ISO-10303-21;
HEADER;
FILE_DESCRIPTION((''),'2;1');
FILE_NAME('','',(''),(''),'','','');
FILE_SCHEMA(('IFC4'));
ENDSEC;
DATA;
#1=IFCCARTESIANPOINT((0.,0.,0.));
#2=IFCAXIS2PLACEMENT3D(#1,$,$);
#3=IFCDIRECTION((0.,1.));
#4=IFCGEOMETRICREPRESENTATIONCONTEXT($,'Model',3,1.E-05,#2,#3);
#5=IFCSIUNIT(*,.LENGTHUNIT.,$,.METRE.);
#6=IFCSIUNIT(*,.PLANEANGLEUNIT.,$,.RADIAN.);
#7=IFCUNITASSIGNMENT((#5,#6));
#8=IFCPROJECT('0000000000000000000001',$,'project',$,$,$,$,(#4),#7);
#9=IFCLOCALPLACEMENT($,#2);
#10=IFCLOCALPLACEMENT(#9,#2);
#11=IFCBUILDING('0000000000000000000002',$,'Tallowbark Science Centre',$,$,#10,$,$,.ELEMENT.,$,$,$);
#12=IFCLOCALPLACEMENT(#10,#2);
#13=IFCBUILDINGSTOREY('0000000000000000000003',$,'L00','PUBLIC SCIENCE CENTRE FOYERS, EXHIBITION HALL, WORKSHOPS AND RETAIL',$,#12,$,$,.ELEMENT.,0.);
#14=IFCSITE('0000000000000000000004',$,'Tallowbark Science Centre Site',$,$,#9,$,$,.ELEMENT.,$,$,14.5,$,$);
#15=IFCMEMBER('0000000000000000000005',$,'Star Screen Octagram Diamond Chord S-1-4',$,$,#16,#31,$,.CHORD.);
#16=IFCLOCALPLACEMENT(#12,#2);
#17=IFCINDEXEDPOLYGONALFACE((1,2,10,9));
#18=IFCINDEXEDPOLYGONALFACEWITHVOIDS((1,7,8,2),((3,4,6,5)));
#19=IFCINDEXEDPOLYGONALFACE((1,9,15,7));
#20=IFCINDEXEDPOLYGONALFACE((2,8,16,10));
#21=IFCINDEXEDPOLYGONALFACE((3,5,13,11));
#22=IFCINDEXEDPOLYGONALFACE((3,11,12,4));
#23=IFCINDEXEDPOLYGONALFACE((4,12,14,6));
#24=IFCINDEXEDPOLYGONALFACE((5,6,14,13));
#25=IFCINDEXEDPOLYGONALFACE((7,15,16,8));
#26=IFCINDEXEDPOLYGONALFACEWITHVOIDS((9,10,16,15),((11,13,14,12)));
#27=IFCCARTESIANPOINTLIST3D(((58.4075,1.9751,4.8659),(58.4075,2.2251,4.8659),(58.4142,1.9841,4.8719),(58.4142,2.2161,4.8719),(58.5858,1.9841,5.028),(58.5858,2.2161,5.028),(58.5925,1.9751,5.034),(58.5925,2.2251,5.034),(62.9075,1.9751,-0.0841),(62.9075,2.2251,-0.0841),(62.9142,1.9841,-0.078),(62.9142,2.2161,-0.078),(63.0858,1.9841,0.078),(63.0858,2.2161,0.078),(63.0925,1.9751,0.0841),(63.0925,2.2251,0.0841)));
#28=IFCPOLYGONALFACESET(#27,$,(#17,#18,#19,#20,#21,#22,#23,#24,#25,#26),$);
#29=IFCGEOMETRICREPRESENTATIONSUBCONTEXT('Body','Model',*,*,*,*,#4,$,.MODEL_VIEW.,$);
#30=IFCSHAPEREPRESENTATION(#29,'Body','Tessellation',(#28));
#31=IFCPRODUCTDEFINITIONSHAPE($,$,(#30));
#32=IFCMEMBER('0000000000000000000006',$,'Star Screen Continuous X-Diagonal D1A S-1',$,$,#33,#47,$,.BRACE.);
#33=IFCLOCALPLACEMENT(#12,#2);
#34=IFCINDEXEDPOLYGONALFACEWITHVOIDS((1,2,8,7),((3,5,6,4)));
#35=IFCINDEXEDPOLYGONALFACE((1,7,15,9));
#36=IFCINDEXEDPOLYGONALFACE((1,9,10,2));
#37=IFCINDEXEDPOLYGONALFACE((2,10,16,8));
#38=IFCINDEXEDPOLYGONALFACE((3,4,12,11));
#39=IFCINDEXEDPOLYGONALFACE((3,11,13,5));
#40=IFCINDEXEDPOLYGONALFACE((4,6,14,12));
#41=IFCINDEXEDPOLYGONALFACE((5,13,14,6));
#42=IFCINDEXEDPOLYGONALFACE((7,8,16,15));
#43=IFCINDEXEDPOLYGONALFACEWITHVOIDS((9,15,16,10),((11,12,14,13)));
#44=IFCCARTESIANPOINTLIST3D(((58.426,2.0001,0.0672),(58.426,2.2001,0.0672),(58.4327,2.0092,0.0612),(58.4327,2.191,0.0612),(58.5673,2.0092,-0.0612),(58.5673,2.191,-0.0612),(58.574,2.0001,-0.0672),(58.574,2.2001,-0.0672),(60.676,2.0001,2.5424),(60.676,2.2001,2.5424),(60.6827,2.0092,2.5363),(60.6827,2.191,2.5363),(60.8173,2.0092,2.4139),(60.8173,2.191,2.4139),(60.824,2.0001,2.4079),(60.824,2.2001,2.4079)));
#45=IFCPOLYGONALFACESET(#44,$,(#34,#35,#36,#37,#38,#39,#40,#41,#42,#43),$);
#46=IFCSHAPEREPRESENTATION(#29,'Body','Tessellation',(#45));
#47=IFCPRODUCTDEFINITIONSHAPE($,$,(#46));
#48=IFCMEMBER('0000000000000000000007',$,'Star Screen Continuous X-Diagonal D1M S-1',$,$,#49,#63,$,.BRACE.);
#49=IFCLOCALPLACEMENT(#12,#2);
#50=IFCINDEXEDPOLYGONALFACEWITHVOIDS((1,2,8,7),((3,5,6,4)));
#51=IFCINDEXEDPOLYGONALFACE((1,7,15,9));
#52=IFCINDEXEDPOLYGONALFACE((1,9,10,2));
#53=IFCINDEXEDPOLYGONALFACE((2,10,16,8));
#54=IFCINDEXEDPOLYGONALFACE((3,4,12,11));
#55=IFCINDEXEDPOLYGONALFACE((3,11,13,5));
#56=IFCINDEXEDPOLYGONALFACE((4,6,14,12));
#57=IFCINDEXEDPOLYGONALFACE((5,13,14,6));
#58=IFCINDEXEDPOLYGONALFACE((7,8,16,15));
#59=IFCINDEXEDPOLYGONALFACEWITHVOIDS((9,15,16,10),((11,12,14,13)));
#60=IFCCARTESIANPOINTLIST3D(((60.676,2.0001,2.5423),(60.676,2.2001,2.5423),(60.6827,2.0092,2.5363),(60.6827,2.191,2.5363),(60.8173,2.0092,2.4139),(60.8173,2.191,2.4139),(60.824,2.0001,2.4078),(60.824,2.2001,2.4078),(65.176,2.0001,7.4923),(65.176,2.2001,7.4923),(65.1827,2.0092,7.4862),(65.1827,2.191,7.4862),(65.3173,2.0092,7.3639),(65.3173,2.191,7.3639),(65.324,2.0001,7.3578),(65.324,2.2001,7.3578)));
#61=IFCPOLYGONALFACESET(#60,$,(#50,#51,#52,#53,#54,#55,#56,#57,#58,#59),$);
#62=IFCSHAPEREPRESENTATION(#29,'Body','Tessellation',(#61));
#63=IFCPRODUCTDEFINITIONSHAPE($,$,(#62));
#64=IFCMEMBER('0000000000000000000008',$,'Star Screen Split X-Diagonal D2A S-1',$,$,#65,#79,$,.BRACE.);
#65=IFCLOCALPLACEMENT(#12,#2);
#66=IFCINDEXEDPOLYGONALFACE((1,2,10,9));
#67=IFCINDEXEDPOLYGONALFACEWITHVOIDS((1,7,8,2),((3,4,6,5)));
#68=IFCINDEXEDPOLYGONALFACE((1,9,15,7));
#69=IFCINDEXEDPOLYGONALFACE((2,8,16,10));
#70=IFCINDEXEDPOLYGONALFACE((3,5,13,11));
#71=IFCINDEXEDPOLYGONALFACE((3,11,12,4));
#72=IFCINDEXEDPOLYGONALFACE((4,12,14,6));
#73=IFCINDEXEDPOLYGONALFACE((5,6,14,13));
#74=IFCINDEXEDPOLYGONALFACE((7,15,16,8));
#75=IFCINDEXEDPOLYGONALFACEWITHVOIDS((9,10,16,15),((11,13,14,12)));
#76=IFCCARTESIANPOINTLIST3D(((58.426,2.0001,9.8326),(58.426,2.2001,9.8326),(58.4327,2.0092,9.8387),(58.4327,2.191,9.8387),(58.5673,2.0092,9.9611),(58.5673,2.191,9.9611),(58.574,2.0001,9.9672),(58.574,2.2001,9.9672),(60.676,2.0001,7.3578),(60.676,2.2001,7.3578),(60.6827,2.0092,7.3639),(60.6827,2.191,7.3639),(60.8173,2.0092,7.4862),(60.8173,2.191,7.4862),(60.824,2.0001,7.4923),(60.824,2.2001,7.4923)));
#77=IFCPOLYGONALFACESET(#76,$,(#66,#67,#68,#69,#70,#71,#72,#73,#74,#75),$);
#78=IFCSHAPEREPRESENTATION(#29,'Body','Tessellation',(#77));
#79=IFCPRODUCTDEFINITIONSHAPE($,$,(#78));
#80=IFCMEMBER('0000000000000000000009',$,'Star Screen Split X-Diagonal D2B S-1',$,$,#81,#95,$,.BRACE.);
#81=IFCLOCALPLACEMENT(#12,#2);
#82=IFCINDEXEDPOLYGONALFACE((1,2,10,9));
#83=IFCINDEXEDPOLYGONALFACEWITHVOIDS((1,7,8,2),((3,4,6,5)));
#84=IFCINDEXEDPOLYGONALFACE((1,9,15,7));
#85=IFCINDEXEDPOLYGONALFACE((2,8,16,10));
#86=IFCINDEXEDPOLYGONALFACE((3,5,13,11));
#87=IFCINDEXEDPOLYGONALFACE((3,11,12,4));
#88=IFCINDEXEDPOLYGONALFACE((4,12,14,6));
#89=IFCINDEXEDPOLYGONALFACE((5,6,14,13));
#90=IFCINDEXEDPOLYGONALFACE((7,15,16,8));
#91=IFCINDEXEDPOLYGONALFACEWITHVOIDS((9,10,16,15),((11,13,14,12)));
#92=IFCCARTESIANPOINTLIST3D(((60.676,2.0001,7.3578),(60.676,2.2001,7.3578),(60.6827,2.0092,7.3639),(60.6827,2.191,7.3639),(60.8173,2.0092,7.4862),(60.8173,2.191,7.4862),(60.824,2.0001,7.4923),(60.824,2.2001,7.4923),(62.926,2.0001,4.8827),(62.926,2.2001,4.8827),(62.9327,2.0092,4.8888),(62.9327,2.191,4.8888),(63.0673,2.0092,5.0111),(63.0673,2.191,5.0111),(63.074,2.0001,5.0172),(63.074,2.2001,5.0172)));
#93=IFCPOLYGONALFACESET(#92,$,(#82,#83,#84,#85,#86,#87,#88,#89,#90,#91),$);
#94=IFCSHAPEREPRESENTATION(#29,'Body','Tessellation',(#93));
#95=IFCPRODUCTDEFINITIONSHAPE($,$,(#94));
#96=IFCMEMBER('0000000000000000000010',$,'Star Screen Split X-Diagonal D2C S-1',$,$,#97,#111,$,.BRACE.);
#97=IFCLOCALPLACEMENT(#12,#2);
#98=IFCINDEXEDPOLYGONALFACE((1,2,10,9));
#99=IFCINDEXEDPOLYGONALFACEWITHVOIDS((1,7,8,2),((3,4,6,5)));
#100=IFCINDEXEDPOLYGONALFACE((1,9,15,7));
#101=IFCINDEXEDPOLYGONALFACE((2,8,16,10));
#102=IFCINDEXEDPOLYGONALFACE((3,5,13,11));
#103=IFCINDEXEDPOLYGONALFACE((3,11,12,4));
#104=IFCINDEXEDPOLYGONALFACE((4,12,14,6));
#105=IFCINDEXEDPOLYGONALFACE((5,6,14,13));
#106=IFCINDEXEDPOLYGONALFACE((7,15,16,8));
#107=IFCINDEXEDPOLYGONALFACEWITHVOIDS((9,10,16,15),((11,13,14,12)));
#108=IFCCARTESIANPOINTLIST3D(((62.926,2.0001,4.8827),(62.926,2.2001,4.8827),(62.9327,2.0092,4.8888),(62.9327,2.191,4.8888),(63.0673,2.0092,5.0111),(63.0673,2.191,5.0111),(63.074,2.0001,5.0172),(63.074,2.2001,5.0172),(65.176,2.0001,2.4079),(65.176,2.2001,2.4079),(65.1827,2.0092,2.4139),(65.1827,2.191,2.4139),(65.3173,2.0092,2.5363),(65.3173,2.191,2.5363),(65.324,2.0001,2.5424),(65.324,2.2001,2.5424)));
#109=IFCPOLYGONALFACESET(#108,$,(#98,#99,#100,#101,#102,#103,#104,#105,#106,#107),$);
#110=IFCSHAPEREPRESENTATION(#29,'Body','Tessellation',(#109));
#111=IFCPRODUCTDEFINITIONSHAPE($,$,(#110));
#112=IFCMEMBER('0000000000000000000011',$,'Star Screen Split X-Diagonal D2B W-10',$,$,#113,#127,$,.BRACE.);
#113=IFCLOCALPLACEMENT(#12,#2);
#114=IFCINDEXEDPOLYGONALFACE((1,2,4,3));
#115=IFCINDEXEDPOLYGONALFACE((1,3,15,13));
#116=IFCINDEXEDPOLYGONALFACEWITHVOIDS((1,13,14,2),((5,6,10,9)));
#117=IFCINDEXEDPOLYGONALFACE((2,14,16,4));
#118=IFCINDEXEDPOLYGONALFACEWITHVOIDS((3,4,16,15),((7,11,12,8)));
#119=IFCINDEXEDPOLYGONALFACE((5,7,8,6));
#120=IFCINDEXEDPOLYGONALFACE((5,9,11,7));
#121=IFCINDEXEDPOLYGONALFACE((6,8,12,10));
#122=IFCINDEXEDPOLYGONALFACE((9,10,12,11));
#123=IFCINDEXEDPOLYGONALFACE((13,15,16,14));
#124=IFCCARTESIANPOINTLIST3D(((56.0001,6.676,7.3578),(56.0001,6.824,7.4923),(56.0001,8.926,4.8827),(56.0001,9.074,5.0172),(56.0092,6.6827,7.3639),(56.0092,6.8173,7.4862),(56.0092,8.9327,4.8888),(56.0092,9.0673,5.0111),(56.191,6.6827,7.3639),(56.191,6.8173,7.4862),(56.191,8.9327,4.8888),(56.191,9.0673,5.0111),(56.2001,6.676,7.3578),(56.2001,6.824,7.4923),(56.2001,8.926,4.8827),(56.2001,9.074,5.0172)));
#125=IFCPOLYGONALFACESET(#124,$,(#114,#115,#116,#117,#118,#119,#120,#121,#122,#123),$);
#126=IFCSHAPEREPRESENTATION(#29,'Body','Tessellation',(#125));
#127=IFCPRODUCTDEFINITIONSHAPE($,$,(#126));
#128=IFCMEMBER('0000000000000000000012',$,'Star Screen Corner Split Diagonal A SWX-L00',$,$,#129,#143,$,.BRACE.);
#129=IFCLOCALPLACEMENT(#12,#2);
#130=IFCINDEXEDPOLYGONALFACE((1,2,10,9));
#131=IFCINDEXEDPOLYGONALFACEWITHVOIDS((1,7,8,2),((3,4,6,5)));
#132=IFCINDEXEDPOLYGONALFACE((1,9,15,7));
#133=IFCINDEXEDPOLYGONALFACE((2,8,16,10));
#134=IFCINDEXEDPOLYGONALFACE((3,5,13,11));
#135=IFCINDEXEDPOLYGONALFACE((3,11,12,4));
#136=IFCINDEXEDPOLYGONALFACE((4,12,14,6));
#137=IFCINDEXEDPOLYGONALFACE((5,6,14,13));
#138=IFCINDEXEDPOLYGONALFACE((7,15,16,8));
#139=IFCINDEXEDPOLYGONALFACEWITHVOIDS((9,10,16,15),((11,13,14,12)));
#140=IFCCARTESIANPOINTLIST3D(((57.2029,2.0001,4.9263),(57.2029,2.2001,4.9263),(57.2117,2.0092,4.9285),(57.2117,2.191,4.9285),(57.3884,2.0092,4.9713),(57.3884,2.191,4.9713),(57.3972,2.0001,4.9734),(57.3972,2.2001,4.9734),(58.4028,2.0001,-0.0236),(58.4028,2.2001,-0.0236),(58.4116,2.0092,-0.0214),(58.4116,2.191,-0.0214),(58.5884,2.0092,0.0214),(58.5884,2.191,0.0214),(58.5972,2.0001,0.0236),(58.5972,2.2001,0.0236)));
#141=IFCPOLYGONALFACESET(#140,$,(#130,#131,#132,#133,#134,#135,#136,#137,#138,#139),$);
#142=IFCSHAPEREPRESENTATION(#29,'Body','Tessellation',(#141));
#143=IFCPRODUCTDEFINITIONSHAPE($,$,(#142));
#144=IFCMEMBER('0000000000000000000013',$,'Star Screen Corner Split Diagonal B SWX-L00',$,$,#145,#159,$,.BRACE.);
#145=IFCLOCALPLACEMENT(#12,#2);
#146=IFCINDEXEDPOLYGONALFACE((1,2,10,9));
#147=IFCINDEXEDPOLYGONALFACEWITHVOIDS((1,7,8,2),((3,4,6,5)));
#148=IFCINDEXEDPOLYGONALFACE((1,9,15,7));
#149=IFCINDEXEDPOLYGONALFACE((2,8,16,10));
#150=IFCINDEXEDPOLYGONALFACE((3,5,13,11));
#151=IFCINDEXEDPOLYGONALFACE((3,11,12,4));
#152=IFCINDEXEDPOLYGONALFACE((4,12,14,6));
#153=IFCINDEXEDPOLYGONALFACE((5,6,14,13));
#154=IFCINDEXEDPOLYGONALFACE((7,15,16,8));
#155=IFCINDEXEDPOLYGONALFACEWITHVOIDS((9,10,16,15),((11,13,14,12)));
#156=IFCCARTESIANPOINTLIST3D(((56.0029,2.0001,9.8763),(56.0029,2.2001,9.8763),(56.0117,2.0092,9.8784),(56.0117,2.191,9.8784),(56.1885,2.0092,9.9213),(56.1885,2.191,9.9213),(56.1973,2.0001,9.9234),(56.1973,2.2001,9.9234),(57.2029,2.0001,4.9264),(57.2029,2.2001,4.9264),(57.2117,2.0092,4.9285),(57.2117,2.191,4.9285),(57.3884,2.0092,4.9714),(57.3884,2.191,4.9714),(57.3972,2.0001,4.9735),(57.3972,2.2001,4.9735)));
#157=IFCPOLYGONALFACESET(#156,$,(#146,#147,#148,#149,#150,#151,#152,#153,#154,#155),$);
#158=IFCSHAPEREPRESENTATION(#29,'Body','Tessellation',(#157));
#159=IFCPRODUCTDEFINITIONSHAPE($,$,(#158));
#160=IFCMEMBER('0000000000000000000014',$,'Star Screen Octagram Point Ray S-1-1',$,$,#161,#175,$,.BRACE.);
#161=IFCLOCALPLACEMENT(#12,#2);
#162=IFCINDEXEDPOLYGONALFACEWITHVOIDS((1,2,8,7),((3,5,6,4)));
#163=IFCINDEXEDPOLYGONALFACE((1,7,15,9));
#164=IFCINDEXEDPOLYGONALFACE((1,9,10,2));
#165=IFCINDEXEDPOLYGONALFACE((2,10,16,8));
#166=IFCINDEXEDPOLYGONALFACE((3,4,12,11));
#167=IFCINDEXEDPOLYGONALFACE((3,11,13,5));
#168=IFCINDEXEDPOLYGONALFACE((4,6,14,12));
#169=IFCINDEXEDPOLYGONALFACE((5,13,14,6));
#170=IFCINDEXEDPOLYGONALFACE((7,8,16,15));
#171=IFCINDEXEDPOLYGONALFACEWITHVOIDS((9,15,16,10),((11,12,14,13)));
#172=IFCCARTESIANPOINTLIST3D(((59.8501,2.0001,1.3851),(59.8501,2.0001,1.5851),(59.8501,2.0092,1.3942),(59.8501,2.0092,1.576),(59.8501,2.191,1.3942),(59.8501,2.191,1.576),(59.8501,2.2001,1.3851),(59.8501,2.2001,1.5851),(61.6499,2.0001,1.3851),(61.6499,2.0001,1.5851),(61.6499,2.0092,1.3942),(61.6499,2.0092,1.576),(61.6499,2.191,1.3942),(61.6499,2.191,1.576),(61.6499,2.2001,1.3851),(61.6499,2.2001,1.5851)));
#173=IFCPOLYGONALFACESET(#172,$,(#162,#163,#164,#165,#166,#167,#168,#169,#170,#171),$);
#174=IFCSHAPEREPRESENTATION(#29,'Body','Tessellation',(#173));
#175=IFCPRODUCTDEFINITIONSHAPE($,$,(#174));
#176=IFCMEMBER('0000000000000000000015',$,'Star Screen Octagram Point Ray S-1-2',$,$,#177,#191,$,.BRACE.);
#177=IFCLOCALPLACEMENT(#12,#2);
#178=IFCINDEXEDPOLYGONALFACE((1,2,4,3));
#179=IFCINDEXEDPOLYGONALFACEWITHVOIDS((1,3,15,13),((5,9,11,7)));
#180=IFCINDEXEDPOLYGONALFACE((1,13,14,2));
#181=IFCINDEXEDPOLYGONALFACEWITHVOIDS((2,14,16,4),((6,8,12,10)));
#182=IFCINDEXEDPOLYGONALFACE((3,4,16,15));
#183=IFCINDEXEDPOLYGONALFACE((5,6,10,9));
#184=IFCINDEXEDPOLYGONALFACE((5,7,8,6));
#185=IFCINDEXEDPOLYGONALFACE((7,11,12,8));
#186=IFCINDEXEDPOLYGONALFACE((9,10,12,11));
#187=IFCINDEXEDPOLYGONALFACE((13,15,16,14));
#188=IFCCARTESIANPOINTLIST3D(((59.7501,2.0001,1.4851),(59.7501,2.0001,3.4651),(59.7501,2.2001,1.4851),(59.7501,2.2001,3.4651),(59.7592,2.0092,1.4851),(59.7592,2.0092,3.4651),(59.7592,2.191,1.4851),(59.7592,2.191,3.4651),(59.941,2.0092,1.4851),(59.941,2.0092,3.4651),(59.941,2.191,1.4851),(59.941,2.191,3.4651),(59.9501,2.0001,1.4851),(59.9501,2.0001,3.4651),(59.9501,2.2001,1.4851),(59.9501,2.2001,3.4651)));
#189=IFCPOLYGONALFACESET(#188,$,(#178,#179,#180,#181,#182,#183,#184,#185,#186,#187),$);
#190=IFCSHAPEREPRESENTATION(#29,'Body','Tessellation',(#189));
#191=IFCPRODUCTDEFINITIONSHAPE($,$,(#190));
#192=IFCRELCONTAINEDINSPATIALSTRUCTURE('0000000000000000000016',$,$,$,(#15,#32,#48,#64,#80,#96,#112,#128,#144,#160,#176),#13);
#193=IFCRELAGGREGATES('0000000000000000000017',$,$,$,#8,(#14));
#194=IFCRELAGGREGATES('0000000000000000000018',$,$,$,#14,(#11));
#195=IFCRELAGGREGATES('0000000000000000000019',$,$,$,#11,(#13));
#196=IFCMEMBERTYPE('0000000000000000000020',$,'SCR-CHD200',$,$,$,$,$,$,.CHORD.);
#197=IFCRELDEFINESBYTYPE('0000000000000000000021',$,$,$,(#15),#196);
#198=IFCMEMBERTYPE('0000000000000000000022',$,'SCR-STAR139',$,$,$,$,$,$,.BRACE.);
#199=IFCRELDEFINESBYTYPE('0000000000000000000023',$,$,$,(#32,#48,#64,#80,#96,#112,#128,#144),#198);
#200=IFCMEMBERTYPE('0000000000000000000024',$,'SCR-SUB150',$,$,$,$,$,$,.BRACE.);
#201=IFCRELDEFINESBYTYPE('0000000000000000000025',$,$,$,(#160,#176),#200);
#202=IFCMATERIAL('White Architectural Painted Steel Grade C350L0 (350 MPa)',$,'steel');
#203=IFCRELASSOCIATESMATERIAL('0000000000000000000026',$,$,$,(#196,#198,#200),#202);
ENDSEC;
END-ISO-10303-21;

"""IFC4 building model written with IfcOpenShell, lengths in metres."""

from ifc_helpers import new_model, si_unit, direction, frame, origin, origin_2d, place, context, subcontext, project, spatial, hollow_rectangle, extrude, material, material_profile, profile_set, type_object, element, save


model = new_model("IFC4")

# Units and contexts
model_context = context("Model", 3, precision=1e-05, world=origin(), true_north=direction((0.0, 1.0)))
body_context = subcontext(model_context, "Body", "Model", "MODEL_VIEW")
ifc_project = project(units=[si_unit("LENGTHUNIT", "METRE"), si_unit("PLANEANGLEUNIT", "RADIAN")], contexts=[model_context])

# Site, building, storey
site_placement = place(None, origin())
site = spatial("IfcSite", under=ifc_project, at=site_placement, Name="Tallowbark Science Centre Site", CompositionType="ELEMENT", RefElevation=14.5)
building_placement = place(site_placement, origin())
building = spatial("IfcBuilding", under=site, at=building_placement, Name="Tallowbark Science Centre", CompositionType="ELEMENT")
storey_placement = place(building_placement, origin())
storey = spatial("IfcBuildingStorey", under=building, at=storey_placement, Name="L00", Description="PUBLIC SCIENCE CENTRE FOYERS, EXHIBITION HALL, WORKSHOPS AND RETAIL", CompositionType="ELEMENT", Elevation=0.0)

# Shared definitions
ifc_material_1 = material(Name="White Architectural Painted Steel Grade C350L0 (350 MPa)", Category="steel")

# Members
ifc_material_profile_1 = material_profile(ifc_material_1, hollow_rectangle(XDim=0.25, YDim=0.25, WallThickness=0.009, at=origin_2d()), Name="250x250x9.0SHS")
ifc_profile_set_1 = profile_set([ifc_material_profile_1], Name="White Architectural Painted Steel Grade C350L0 (350 MPa)")
member_type_1 = type_object("IfcMemberType", Name="SCR-CHD200", PredefinedType="CHORD", material=ifc_profile_set_1)
for number, where, z_axis, x_axis, name in (
    (1, (58.5, 2.1001, 4.95), (0.672676, 0.0, -0.739937), (0.0, 1.0, 0.0), "Star Screen Octagram Diamond Chord S-1-4"),
):
    element("IfcMember", number, at=place(storey_placement, frame(where, z_axis=z_axis, x_axis=x_axis)), inside=storey, type_object=member_type_1, Name=name, PredefinedType="CHORD", context=body_context, shape_type="SweptSolid", body=[
        extrude(hollow_rectangle(XDim=0.25, YDim=0.25, WallThickness=0.009, at=origin_2d()), origin(), (0.0, 0.0, 1.0), 6.6897),
    ])
ifc_material_profile_2 = material_profile(ifc_material_1, hollow_rectangle(XDim=0.2, YDim=0.2, WallThickness=0.009, at=origin_2d()), Name="200x200x9.0SHS")
ifc_profile_set_2 = profile_set([ifc_material_profile_2], Name="White Architectural Painted Steel Grade C350L0 (350 MPa)")
member_type_2 = type_object("IfcMemberType", Name="SCR-STAR139", PredefinedType="BRACE", material=ifc_profile_set_2)
member_1_placement = place(storey_placement, frame((58.5, 2.1001, 0.0), z_axis=(0.672658, 0.0, 0.739953), x_axis=(0.0, 1.0, 0.0)))
element("IfcMember", 2, at=member_1_placement, inside=storey, type_object=member_type_2, Name="Star Screen Continuous X-Diagonal D1A S-1", PredefinedType="BRACE", context=body_context, shape_type="SweptSolid", body=[
    extrude(hollow_rectangle(XDim=0.2, YDim=0.2, WallThickness=0.009, at=origin_2d()), origin(), (0.0, 0.0, 1.0), 3.345),
])
member_2_placement = place(storey_placement, frame((60.75, 2.1001, 2.4751), z_axis=(0.672676, 0.0, 0.739937), x_axis=(0.0, 1.0, 0.0)))
element("IfcMember", 3, at=member_2_placement, inside=storey, type_object=member_type_2, Name="Star Screen Continuous X-Diagonal D1M S-1", PredefinedType="BRACE", context=body_context, shape_type="SweptSolid", body=[
    extrude(hollow_rectangle(XDim=0.2, YDim=0.2, WallThickness=0.009, at=origin_2d()), origin(), (0.0, 0.0, 1.0), 6.6897),
])
member_3_placement = place(storey_placement, frame((58.5, 2.1001, 9.8999), z_axis=(0.672695, 0.0, -0.73992), x_axis=(0.0, 1.0, 0.0)))
element("IfcMember", 4, at=member_3_placement, inside=storey, type_object=member_type_2, Name="Star Screen Split X-Diagonal D2A S-1", PredefinedType="BRACE", context=body_context, shape_type="SweptSolid", body=[
    extrude(hollow_rectangle(XDim=0.2, YDim=0.2, WallThickness=0.009, at=origin_2d()), origin(), (0.0, 0.0, 1.0), 3.3447),
])
member_4_placement = place(storey_placement, frame((60.75, 2.1001, 7.425), z_axis=(0.672658, 0.0, -0.739953), x_axis=(0.0, 1.0, 0.0)))
element("IfcMember", 5, at=member_4_placement, inside=storey, type_object=member_type_2, Name="Star Screen Split X-Diagonal D2B S-1", PredefinedType="BRACE", context=body_context, shape_type="SweptSolid", body=[
    extrude(hollow_rectangle(XDim=0.2, YDim=0.2, WallThickness=0.009, at=origin_2d()), origin(), (0.0, 0.0, 1.0), 3.345),
])
member_5_placement = place(storey_placement, frame((63.0, 2.1001, 4.95), z_axis=(0.672695, 0.0, -0.73992), x_axis=(0.0, 1.0, 0.0)))
element("IfcMember", 6, at=member_5_placement, inside=storey, type_object=member_type_2, Name="Star Screen Split X-Diagonal D2C S-1", PredefinedType="BRACE", context=body_context, shape_type="SweptSolid", body=[
    extrude(hollow_rectangle(XDim=0.2, YDim=0.2, WallThickness=0.009, at=origin_2d()), origin(), (0.0, 0.0, 1.0), 3.3447),
])
member_6_placement = place(storey_placement, frame((56.1001, 6.75, 7.425), z_axis=(0.0, 0.672658, -0.739953), x_axis=(-1.0, 0.0, 0.0)))
element("IfcMember", 7, at=member_6_placement, inside=storey, type_object=member_type_2, Name="Star Screen Split X-Diagonal D2B W-10", PredefinedType="BRACE", context=body_context, shape_type="SweptSolid", body=[
    extrude(hollow_rectangle(XDim=0.2, YDim=0.2, WallThickness=0.009, at=origin_2d()), origin(), (0.0, 0.0, 1.0), 3.345),
])
for number, where, z_axis, x_axis, name in (
    (8, (58.5, 2.1001, 0.0), (-0.235593, 0.0, 0.971852), (0.0, -1.0, 0.0), "Star Screen Corner Split Diagonal A SWX-L00"),
    (9, (57.3, 2.1001, 4.95), (-0.235593, 0.0, 0.971852), (0.0, -1.0, 0.0), "Star Screen Corner Split Diagonal B SWX-L00"),
):
    element("IfcMember", number, at=place(storey_placement, frame(where, z_axis=z_axis, x_axis=x_axis)), inside=storey, type_object=member_type_2, Name=name, PredefinedType="BRACE", context=body_context, shape_type="SweptSolid", body=[
        extrude(hollow_rectangle(XDim=0.2, YDim=0.2, WallThickness=0.009, at=origin_2d()), origin(), (0.0, 0.0, 1.0), 5.0933),
    ])
ifc_material_profile_3 = material_profile(ifc_material_1, hollow_rectangle(XDim=0.2, YDim=0.2, WallThickness=0.009, at=origin_2d()), Name="200x200x9.0SHS")
ifc_profile_set_3 = profile_set([ifc_material_profile_3], Name="White Architectural Painted Steel Grade C350L0 (350 MPa)")
member_type_3 = type_object("IfcMemberType", Name="SCR-SUB150", PredefinedType="BRACE", material=ifc_profile_set_3)
member_7_placement = place(storey_placement, frame((59.8501, 2.1001, 1.4851), z_axis=(1.0, 0.0, 0.0), x_axis=(0.0, 1.0, 0.0)))
element("IfcMember", 10, at=member_7_placement, inside=storey, type_object=member_type_3, Name="Star Screen Octagram Point Ray S-1-1", PredefinedType="BRACE", context=body_context, shape_type="SweptSolid", body=[
    extrude(hollow_rectangle(XDim=0.2, YDim=0.2, WallThickness=0.009, at=origin_2d()), origin(), (0.0, 0.0, 1.0), 1.7998),
])
member_8_placement = place(storey_placement, frame((59.8501, 2.1001, 1.4851), z_axis=(0.0, 0.0, 1.0), x_axis=(1.0, 0.0, 0.0)))
element("IfcMember", 11, at=member_8_placement, inside=storey, type_object=member_type_3, Name="Star Screen Octagram Point Ray S-1-2", PredefinedType="BRACE", context=body_context, shape_type="SweptSolid", body=[
    extrude(hollow_rectangle(XDim=0.2, YDim=0.2, WallThickness=0.009, at=origin_2d()), origin(), (0.0, 0.0, 1.0), 1.98),
])

save(model, "model.ifc")
